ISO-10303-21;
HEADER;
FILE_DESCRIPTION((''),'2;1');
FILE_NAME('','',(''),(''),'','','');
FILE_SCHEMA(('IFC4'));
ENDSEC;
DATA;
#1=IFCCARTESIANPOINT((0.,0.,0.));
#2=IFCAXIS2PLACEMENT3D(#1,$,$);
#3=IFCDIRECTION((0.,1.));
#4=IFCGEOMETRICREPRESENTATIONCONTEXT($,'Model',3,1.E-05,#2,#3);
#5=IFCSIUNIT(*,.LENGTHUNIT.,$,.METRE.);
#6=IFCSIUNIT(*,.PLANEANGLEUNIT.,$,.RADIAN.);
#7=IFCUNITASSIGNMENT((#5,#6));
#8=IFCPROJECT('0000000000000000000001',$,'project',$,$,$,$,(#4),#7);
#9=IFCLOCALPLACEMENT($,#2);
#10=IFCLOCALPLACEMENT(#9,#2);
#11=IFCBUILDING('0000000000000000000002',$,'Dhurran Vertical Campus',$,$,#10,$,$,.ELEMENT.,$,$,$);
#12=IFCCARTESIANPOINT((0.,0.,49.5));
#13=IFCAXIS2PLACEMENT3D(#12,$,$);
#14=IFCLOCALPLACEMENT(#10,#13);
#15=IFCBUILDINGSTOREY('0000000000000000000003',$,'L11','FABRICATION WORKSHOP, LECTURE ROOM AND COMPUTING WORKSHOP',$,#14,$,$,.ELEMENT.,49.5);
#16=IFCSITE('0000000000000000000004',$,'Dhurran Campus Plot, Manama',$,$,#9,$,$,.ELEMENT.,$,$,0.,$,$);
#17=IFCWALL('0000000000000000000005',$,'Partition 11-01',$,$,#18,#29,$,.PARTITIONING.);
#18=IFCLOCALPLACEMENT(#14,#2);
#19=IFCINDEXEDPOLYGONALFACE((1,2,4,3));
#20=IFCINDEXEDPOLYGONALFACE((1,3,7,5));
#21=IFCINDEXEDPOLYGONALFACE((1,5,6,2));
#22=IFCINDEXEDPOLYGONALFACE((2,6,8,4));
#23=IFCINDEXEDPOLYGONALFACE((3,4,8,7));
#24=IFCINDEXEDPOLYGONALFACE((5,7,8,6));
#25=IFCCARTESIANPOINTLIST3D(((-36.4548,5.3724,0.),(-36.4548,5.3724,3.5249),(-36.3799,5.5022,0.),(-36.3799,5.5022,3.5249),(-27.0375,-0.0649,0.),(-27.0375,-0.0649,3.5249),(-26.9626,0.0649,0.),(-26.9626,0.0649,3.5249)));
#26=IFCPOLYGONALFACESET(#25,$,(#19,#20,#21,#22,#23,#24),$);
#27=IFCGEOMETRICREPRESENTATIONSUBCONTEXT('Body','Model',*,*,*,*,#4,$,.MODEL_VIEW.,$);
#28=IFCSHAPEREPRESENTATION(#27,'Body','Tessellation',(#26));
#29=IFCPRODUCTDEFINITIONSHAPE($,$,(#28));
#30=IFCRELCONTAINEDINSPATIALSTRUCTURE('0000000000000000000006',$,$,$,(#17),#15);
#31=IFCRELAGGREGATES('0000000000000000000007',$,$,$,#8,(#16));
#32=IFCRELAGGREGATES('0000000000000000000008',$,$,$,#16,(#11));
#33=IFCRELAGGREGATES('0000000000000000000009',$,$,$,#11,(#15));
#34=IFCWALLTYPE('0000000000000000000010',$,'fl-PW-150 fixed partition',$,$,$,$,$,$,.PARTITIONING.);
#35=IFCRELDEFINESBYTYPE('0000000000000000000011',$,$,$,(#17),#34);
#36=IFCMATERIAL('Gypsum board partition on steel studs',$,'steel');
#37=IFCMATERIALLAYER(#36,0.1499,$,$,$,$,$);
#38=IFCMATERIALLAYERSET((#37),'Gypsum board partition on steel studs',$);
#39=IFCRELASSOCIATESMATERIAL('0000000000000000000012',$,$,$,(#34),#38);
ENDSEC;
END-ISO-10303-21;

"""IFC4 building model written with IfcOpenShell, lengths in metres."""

from ifc_helpers import new_model, si_unit, direction, frame, frame_2d, origin, place, context, subcontext, project, spatial, rectangle, extrude, material, layer, layer_set, type_object, element, save


model = new_model("IFC4")

# Units and contexts
model_context = context("Model", 3, precision=1e-05, world=origin(), true_north=direction((0.0, 1.0)))
body_context = subcontext(model_context, "Body", "Model", "MODEL_VIEW")
ifc_project = project(units=[si_unit("LENGTHUNIT", "METRE"), si_unit("PLANEANGLEUNIT", "RADIAN")], contexts=[model_context])

# Site, building, storey
site_placement = place(None, origin())
site = spatial("IfcSite", under=ifc_project, at=site_placement, Name="Dhurran Campus Plot, Manama", CompositionType="ELEMENT", RefElevation=0.0)
building_placement = place(site_placement, origin())
building = spatial("IfcBuilding", under=site, at=building_placement, Name="Dhurran Vertical Campus", CompositionType="ELEMENT")
storey_placement = place(building_placement, frame((0.0, 0.0, 49.5)))
storey = spatial("IfcBuildingStorey", under=building, at=storey_placement, Name="L11", Description="FABRICATION WORKSHOP, LECTURE ROOM AND COMPUTING WORKSHOP", CompositionType="ELEMENT", Elevation=49.5)

# Wall
ifc_material_1 = material(Name="Gypsum board partition on steel studs", Category="steel")
ifc_layer_1 = layer(ifc_material_1, 0.1499)
ifc_layer_set_1 = layer_set([ifc_layer_1], Name="Gypsum board partition on steel studs")
wall_type_1 = type_object("IfcWallType", Name="fl-PW-150 fixed partition", PredefinedType="PARTITIONING", material=ifc_layer_set_1)
wall_1_placement = place(storey_placement, frame((-36.4172, 5.4373, 0.0), z_axis=(0.0, 0.0, 1.0), x_axis=(0.866017, -0.500015, 0.0)))
element("IfcWall", 1, at=wall_1_placement, inside=storey, type_object=wall_type_1, Name="Partition 11-01", PredefinedType="PARTITIONING", context=body_context, shape_type="SweptSolid", body=[
    extrude(rectangle(XDim=10.8743, YDim=0.1499, at=frame_2d((5.437, 0.0))), origin(), (0.0, 0.0, 1.0), 3.5249),
])

save(model, "model.ifc")
